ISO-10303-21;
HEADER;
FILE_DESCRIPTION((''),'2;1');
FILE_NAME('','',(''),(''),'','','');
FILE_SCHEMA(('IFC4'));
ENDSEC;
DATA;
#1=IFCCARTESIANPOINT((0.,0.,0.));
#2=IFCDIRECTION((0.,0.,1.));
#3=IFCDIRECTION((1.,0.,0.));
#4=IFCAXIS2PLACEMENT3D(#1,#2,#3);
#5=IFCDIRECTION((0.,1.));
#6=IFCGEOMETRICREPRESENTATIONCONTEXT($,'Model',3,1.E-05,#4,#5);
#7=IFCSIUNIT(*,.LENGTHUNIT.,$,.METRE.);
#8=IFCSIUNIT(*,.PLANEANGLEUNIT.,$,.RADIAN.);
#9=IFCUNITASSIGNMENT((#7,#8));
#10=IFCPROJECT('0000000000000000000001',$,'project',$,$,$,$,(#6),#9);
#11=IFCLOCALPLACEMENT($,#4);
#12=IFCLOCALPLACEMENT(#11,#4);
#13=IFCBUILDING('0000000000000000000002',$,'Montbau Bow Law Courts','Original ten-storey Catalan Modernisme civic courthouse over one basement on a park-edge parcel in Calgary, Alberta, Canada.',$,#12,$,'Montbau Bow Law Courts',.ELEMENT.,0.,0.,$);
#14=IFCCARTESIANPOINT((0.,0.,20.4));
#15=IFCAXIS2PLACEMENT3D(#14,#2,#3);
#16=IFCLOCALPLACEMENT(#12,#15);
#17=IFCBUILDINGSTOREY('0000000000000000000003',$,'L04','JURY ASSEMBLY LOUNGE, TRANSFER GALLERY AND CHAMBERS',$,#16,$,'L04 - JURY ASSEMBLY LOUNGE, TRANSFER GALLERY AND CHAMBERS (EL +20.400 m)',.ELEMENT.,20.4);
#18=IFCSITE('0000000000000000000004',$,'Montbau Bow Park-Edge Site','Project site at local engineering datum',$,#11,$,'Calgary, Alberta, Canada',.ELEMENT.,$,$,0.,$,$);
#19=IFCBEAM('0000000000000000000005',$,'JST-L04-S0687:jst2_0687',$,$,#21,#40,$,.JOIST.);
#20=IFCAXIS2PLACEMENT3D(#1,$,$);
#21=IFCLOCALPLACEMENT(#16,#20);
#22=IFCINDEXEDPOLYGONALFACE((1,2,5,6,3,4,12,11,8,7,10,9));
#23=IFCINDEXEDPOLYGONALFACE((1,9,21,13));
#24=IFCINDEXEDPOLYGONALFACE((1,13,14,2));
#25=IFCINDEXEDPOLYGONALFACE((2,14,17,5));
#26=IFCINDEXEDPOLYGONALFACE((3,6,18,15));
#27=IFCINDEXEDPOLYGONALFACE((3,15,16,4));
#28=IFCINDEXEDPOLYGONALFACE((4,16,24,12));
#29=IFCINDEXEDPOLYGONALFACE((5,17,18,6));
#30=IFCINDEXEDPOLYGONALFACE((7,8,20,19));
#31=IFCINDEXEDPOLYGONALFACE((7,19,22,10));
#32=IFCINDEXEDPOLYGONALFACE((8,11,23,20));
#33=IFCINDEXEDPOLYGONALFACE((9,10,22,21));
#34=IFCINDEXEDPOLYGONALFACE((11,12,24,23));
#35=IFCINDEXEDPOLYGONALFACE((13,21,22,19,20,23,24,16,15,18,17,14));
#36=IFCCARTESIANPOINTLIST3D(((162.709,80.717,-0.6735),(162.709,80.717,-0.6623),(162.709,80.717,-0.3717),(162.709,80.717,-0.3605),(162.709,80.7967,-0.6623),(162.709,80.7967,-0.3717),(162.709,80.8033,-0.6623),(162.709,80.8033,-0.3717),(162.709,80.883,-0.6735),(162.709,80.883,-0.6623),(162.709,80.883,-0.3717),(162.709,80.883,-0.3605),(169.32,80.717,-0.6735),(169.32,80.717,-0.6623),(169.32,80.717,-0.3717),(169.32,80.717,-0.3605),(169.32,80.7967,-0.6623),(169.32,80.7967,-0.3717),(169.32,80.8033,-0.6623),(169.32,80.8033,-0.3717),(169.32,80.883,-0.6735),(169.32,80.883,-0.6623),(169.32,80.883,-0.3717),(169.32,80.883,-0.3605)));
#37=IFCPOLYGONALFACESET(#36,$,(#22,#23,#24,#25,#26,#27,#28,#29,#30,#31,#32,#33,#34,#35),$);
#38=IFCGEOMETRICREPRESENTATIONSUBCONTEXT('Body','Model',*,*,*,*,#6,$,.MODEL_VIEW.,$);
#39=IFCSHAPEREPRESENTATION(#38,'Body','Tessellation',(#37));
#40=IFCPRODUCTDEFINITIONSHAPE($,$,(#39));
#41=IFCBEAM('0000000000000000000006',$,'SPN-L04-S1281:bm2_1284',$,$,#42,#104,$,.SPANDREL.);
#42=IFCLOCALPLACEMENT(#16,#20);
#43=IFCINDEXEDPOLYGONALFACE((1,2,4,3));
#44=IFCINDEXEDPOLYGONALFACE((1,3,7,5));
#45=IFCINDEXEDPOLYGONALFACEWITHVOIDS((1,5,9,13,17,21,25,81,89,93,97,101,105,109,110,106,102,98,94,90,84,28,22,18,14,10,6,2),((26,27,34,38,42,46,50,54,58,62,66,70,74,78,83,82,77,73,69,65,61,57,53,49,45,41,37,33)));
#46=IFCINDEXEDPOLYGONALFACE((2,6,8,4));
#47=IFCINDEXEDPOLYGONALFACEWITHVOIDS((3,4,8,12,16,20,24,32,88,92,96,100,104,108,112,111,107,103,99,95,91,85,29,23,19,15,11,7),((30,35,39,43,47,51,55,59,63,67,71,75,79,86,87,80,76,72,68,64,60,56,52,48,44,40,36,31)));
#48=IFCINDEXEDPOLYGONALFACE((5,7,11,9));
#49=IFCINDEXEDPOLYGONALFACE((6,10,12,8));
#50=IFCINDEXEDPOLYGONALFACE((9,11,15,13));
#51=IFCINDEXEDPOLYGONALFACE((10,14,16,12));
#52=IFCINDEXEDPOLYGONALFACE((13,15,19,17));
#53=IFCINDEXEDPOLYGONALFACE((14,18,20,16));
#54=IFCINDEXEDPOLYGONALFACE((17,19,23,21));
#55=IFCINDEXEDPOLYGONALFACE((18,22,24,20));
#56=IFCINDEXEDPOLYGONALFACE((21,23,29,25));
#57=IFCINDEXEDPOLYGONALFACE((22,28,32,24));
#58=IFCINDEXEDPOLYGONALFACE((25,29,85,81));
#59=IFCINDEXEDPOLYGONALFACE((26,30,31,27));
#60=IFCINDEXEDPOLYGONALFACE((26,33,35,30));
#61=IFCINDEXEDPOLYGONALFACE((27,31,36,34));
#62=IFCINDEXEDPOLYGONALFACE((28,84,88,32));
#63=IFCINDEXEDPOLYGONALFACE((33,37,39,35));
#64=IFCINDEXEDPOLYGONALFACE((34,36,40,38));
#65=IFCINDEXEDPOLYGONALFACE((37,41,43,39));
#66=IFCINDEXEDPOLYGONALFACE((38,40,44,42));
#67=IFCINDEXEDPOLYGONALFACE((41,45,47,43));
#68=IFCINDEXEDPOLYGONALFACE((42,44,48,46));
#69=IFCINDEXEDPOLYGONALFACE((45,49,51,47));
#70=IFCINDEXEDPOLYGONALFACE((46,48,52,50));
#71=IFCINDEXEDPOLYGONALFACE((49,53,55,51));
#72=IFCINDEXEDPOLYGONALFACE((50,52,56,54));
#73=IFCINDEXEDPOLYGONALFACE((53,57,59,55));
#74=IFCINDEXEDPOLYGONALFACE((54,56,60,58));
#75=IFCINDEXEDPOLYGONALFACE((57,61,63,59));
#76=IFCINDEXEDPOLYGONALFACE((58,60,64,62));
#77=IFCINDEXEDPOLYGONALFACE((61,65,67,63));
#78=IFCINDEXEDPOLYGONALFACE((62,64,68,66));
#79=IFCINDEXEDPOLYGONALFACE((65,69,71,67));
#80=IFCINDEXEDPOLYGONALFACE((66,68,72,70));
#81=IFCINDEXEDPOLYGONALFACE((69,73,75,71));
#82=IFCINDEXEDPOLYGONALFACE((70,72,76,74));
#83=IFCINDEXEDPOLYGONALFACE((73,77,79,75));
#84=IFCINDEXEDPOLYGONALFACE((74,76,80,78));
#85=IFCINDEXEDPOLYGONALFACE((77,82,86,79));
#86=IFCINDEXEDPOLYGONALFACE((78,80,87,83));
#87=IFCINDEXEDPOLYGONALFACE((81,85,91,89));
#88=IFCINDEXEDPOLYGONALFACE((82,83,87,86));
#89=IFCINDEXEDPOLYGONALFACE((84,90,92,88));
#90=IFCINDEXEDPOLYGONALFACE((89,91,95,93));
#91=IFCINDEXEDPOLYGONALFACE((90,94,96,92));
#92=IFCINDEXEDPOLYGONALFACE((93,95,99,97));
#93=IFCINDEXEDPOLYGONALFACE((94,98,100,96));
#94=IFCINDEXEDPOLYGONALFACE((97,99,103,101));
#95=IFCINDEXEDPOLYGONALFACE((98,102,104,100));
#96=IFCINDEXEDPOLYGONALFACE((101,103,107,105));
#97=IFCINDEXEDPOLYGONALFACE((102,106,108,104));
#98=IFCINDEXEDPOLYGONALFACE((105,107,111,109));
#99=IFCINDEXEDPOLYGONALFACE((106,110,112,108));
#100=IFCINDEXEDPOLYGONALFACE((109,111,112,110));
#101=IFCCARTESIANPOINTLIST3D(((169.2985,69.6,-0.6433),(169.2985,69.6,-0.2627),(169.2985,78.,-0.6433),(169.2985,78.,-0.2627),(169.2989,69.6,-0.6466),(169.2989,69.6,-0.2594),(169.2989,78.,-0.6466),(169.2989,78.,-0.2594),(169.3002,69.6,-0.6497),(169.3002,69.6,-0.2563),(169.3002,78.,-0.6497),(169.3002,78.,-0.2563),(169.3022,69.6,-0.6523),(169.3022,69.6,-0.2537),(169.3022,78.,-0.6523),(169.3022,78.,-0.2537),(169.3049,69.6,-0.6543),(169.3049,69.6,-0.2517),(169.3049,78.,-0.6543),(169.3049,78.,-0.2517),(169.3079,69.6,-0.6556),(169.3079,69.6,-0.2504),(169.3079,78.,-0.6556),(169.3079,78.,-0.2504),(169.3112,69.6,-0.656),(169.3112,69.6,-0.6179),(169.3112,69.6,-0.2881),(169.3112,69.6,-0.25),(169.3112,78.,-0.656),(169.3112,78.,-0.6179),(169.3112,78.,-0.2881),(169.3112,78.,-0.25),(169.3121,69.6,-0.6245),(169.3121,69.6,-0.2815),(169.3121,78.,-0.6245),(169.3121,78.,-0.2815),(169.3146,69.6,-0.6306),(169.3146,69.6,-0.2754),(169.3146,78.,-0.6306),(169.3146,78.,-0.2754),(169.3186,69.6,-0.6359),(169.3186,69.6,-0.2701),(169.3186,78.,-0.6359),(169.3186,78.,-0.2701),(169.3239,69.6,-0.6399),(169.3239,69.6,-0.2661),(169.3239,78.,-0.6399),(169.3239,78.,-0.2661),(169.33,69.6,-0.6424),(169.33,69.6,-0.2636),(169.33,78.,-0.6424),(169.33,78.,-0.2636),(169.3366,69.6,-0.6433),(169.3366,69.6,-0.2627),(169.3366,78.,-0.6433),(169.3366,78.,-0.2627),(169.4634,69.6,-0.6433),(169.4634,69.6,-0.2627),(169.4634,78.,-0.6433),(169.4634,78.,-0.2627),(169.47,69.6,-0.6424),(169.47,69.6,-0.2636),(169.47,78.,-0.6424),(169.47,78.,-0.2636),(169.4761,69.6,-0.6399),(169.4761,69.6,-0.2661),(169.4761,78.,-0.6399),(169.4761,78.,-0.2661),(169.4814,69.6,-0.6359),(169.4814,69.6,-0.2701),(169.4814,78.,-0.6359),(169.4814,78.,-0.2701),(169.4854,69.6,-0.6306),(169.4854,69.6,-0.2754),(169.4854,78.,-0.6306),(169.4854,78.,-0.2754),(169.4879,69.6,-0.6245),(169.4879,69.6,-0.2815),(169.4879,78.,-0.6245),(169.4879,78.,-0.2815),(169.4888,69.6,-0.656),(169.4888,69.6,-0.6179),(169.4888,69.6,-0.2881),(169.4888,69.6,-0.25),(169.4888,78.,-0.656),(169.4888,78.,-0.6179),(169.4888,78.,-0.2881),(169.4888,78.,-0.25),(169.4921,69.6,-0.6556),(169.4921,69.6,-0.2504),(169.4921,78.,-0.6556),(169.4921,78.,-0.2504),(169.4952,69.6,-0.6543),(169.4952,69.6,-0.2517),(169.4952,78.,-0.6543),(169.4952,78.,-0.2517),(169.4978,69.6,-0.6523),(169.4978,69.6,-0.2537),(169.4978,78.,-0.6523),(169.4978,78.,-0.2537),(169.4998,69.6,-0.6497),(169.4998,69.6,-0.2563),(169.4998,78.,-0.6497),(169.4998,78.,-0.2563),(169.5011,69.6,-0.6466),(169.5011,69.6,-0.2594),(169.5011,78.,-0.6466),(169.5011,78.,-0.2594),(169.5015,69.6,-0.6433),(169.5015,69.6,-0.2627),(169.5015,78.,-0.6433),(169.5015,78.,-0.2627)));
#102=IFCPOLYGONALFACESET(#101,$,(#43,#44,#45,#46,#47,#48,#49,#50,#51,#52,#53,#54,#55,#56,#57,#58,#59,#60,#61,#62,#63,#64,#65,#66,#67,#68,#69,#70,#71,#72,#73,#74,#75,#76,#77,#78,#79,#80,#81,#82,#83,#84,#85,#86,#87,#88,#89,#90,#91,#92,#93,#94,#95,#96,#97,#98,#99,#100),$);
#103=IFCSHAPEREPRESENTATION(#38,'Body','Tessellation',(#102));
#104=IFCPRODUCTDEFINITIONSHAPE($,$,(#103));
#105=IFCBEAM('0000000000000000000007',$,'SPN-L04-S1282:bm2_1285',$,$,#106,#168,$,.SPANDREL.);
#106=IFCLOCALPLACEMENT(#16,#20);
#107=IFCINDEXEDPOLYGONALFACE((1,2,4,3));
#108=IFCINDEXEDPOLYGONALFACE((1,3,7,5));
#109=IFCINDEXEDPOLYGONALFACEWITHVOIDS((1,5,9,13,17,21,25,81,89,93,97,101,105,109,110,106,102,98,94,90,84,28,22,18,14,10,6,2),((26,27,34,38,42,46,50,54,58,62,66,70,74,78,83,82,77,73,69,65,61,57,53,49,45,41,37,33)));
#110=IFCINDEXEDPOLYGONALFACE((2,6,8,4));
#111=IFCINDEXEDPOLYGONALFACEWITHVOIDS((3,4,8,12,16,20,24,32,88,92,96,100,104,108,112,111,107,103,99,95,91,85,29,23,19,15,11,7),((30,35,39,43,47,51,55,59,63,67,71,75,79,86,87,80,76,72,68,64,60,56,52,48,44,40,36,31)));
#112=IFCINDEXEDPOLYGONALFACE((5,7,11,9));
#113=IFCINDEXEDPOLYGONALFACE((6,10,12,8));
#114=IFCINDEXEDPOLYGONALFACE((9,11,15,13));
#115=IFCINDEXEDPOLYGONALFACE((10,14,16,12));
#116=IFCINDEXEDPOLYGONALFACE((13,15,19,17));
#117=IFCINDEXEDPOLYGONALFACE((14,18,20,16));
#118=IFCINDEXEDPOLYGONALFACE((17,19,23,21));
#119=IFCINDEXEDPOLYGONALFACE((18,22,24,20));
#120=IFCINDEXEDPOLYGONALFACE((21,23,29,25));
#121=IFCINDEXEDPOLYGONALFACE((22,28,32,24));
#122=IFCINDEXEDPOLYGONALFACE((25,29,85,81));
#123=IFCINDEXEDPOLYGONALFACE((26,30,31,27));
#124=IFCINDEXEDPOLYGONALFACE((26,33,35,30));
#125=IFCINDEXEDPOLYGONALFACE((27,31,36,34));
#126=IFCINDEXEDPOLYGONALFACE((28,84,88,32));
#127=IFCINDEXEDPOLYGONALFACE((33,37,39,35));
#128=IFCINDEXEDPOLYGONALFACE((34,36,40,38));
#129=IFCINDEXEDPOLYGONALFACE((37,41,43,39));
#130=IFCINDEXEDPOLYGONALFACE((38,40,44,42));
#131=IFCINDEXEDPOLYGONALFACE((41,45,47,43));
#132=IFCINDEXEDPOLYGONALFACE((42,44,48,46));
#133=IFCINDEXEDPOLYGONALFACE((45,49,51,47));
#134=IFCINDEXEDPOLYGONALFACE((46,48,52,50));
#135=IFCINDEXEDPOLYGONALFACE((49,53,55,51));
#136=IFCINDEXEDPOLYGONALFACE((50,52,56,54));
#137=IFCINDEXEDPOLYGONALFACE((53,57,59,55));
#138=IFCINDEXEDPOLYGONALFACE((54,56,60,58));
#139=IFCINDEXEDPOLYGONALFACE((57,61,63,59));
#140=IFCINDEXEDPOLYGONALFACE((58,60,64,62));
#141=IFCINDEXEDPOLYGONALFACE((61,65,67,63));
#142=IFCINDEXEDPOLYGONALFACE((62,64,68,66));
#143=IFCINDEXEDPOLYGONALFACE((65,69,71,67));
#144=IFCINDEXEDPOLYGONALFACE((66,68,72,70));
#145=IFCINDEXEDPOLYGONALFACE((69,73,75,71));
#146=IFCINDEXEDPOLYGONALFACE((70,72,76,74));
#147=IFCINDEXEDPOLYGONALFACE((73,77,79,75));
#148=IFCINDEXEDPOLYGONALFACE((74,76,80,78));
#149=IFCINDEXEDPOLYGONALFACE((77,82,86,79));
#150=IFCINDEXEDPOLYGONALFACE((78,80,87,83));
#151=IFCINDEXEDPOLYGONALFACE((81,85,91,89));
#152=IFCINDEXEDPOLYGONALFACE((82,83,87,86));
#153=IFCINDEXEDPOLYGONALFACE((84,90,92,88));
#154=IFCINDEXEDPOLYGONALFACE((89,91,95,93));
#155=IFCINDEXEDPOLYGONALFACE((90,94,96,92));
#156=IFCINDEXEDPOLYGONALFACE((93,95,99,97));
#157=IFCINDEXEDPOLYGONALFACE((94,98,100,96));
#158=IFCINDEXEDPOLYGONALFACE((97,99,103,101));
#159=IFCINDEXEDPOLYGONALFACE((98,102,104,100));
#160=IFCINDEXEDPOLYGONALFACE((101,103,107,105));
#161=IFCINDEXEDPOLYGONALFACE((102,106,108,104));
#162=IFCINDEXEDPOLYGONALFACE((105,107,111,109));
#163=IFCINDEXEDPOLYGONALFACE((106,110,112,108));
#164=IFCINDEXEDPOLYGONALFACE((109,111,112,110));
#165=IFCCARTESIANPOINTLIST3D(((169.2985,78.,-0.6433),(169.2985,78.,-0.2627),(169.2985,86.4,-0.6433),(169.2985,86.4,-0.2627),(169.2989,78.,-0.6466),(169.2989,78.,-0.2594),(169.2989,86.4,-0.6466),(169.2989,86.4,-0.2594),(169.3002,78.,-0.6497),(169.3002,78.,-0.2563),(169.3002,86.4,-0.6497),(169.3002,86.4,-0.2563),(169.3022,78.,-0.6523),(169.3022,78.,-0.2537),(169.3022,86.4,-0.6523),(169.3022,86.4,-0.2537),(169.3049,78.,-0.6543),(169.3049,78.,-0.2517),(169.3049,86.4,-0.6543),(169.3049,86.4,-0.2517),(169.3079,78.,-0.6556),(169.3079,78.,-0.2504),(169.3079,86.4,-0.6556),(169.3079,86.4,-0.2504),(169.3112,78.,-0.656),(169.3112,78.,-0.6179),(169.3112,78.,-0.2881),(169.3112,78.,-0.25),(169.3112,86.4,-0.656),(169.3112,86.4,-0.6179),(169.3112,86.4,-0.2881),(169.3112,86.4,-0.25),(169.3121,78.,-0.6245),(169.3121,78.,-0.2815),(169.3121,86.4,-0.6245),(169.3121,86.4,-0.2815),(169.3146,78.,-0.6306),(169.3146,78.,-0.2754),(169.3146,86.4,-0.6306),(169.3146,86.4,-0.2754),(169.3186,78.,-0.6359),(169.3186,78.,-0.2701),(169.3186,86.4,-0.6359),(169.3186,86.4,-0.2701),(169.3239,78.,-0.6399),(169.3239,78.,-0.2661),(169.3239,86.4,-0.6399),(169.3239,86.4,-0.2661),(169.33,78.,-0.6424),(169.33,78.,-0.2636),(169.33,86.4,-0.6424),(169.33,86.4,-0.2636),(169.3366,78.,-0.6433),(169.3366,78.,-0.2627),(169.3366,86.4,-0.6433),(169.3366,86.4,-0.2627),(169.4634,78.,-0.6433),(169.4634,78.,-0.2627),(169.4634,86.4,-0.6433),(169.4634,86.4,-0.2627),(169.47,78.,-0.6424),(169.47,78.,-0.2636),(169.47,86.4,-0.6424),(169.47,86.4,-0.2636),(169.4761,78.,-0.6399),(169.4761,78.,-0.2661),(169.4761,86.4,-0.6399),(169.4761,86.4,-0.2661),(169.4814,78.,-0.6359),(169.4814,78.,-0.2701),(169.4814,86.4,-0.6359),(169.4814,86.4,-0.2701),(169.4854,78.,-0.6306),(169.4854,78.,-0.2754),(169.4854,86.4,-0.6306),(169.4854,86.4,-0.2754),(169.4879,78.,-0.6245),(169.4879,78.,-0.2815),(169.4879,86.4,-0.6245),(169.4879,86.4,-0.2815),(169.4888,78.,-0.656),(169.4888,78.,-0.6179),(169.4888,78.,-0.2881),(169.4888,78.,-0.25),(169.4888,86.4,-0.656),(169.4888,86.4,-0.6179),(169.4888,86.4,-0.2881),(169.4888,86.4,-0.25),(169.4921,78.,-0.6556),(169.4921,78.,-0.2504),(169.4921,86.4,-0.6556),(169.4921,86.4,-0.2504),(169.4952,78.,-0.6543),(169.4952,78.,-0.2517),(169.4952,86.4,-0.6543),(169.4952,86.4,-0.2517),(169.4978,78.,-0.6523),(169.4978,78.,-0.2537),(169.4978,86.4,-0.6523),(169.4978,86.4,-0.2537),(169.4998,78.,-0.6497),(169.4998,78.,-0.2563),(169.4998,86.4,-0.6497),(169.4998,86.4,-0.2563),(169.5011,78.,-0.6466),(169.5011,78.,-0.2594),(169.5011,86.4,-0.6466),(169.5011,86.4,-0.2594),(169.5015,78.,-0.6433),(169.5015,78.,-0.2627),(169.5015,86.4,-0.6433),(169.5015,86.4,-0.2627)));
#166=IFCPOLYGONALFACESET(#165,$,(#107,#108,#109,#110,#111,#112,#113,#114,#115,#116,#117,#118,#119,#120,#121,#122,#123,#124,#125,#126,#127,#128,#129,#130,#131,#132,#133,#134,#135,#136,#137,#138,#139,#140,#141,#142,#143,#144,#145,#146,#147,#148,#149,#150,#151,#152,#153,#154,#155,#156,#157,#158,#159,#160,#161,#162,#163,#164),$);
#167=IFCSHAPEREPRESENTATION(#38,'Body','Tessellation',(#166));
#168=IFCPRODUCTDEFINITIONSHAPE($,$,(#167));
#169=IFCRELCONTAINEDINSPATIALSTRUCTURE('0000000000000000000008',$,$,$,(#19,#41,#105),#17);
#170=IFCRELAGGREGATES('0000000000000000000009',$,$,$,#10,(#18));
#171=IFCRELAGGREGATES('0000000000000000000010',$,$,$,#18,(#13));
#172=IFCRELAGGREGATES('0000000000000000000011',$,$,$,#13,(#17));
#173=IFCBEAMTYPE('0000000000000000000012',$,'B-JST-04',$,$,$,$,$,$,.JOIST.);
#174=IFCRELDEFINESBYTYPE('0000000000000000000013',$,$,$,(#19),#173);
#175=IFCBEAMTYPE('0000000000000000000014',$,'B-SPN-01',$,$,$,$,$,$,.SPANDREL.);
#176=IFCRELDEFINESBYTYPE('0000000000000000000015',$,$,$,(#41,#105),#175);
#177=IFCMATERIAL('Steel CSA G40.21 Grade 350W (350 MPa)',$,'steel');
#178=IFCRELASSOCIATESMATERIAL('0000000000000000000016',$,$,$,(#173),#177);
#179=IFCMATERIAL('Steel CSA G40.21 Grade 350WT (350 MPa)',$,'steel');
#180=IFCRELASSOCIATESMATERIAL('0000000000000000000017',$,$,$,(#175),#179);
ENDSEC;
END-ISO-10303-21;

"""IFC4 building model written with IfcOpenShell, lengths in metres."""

from ifc_helpers import new_model, si_unit, direction, frame, origin_with_axes, origin_2d_with_axis, place, context, subcontext, project, spatial, hollow_rectangle, i_section, extrude, material, material_profile, profile_set, type_object, element, save


model = new_model("IFC4")

# Units and contexts
model_context = context("Model", 3, precision=1e-05, world=origin_with_axes(), true_north=direction((0.0, 1.0)))
body_context = subcontext(model_context, "Body", "Model", "MODEL_VIEW")
ifc_project = project(units=[si_unit("LENGTHUNIT", "METRE"), si_unit("PLANEANGLEUNIT", "RADIAN")], contexts=[model_context])

# Site, building, storey
site_placement = place(None, origin_with_axes())
site = spatial("IfcSite", under=ifc_project, at=site_placement, Name="Montbau Bow Park-Edge Site", Description="Project site at local engineering datum", LongName="Calgary, Alberta, Canada", CompositionType="ELEMENT", RefElevation=0.0)
building_placement = place(site_placement, origin_with_axes())
building = spatial("IfcBuilding", under=site, at=building_placement, Name="Montbau Bow Law Courts", Description="Original ten-storey Catalan Modernisme civic courthouse over one basement on a park-edge parcel in Calgary, Alberta, Canada.", LongName="Montbau Bow Law Courts", CompositionType="ELEMENT", ElevationOfRefHeight=0.0, ElevationOfTerrain=0.0)
storey_placement = place(building_placement, frame((0.0, 0.0, 20.4), z_axis=(0.0, 0.0, 1.0), x_axis=(1.0, 0.0, 0.0)))
storey = spatial("IfcBuildingStorey", under=building, at=storey_placement, Name="L04", Description="JURY ASSEMBLY LOUNGE, TRANSFER GALLERY AND CHAMBERS", LongName="L04 - JURY ASSEMBLY LOUNGE, TRANSFER GALLERY AND CHAMBERS (EL +20.400 m)", CompositionType="ELEMENT", Elevation=20.4)

# Beams
ifc_material_1 = material(Name="Steel CSA G40.21 Grade 350W (350 MPa)", Category="steel")
ifc_material_profile_1 = material_profile(ifc_material_1, i_section(OverallWidth=0.166, OverallDepth=0.313, WebThickness=0.0066, FlangeThickness=0.0112, at=origin_2d_with_axis()), Name="W310X45", Category="Main", Priority=0)
ifc_profile_set_1 = profile_set([ifc_material_profile_1], Name="Steel CSA G40.21 Grade 350W (350 MPa)")
beam_type_1 = type_object("IfcBeamType", Name="B-JST-04", PredefinedType="JOIST", material=ifc_profile_set_1)
beam_1_placement = place(None, frame((162.709, 80.8, 19.883), z_axis=(1.0, 0.0, 0.0), x_axis=(0.0, 1.0, 0.0)))
element("IfcBeam", 1, at=beam_1_placement, inside=storey, type_object=beam_type_1, Name="JST-L04-S0687:jst2_0687", PredefinedType="JOIST", context=body_context, shape_type="SweptSolid", body=[
    extrude(i_section(OverallWidth=0.166, OverallDepth=0.313, WebThickness=0.0066, FlangeThickness=0.0112, at=origin_2d_with_axis()), origin_with_axes(), (0.0, 0.0, 1.0), 6.611),
])
ifc_material_2 = material(Name="Steel CSA G40.21 Grade 350WT (350 MPa)", Category="steel")
ifc_material_profile_2 = material_profile(ifc_material_2, hollow_rectangle(XDim=0.203, YDim=0.406, WallThickness=0.0127, InnerFilletRadius=0.0254, OuterFilletRadius=0.0127, at=origin_2d_with_axis()), Name="HSS406X203X13", Category="Main", Priority=0)
ifc_profile_set_2 = profile_set([ifc_material_profile_2], Name="Steel CSA G40.21 Grade 350WT (350 MPa)")
beam_type_2 = type_object("IfcBeamType", Name="B-SPN-01", PredefinedType="SPANDREL", material=ifc_profile_set_2)
for number, where, z_axis, x_axis, name in (
    (2, (169.4, 69.6, 19.947), (0.0, 1.0, 0.0), (-1.0, 0.0, 0.0), "SPN-L04-S1281:bm2_1284"),
    (3, (169.4, 78.0, 19.947), (0.0, 1.0, 0.0), (-1.0, 0.0, 0.0), "SPN-L04-S1282:bm2_1285"),
):
    element("IfcBeam", number, at=place(None, frame(where, z_axis=z_axis, x_axis=x_axis)), inside=storey, type_object=beam_type_2, Name=name, PredefinedType="SPANDREL", context=body_context, shape_type="SweptSolid", body=[
        extrude(hollow_rectangle(XDim=0.203, YDim=0.406, WallThickness=0.0127, InnerFilletRadius=0.0254, OuterFilletRadius=0.0127, at=origin_2d_with_axis()), origin_with_axes(), (0.0, 0.0, 1.0), 8.4),
    ])

save(model, "model.ifc")
